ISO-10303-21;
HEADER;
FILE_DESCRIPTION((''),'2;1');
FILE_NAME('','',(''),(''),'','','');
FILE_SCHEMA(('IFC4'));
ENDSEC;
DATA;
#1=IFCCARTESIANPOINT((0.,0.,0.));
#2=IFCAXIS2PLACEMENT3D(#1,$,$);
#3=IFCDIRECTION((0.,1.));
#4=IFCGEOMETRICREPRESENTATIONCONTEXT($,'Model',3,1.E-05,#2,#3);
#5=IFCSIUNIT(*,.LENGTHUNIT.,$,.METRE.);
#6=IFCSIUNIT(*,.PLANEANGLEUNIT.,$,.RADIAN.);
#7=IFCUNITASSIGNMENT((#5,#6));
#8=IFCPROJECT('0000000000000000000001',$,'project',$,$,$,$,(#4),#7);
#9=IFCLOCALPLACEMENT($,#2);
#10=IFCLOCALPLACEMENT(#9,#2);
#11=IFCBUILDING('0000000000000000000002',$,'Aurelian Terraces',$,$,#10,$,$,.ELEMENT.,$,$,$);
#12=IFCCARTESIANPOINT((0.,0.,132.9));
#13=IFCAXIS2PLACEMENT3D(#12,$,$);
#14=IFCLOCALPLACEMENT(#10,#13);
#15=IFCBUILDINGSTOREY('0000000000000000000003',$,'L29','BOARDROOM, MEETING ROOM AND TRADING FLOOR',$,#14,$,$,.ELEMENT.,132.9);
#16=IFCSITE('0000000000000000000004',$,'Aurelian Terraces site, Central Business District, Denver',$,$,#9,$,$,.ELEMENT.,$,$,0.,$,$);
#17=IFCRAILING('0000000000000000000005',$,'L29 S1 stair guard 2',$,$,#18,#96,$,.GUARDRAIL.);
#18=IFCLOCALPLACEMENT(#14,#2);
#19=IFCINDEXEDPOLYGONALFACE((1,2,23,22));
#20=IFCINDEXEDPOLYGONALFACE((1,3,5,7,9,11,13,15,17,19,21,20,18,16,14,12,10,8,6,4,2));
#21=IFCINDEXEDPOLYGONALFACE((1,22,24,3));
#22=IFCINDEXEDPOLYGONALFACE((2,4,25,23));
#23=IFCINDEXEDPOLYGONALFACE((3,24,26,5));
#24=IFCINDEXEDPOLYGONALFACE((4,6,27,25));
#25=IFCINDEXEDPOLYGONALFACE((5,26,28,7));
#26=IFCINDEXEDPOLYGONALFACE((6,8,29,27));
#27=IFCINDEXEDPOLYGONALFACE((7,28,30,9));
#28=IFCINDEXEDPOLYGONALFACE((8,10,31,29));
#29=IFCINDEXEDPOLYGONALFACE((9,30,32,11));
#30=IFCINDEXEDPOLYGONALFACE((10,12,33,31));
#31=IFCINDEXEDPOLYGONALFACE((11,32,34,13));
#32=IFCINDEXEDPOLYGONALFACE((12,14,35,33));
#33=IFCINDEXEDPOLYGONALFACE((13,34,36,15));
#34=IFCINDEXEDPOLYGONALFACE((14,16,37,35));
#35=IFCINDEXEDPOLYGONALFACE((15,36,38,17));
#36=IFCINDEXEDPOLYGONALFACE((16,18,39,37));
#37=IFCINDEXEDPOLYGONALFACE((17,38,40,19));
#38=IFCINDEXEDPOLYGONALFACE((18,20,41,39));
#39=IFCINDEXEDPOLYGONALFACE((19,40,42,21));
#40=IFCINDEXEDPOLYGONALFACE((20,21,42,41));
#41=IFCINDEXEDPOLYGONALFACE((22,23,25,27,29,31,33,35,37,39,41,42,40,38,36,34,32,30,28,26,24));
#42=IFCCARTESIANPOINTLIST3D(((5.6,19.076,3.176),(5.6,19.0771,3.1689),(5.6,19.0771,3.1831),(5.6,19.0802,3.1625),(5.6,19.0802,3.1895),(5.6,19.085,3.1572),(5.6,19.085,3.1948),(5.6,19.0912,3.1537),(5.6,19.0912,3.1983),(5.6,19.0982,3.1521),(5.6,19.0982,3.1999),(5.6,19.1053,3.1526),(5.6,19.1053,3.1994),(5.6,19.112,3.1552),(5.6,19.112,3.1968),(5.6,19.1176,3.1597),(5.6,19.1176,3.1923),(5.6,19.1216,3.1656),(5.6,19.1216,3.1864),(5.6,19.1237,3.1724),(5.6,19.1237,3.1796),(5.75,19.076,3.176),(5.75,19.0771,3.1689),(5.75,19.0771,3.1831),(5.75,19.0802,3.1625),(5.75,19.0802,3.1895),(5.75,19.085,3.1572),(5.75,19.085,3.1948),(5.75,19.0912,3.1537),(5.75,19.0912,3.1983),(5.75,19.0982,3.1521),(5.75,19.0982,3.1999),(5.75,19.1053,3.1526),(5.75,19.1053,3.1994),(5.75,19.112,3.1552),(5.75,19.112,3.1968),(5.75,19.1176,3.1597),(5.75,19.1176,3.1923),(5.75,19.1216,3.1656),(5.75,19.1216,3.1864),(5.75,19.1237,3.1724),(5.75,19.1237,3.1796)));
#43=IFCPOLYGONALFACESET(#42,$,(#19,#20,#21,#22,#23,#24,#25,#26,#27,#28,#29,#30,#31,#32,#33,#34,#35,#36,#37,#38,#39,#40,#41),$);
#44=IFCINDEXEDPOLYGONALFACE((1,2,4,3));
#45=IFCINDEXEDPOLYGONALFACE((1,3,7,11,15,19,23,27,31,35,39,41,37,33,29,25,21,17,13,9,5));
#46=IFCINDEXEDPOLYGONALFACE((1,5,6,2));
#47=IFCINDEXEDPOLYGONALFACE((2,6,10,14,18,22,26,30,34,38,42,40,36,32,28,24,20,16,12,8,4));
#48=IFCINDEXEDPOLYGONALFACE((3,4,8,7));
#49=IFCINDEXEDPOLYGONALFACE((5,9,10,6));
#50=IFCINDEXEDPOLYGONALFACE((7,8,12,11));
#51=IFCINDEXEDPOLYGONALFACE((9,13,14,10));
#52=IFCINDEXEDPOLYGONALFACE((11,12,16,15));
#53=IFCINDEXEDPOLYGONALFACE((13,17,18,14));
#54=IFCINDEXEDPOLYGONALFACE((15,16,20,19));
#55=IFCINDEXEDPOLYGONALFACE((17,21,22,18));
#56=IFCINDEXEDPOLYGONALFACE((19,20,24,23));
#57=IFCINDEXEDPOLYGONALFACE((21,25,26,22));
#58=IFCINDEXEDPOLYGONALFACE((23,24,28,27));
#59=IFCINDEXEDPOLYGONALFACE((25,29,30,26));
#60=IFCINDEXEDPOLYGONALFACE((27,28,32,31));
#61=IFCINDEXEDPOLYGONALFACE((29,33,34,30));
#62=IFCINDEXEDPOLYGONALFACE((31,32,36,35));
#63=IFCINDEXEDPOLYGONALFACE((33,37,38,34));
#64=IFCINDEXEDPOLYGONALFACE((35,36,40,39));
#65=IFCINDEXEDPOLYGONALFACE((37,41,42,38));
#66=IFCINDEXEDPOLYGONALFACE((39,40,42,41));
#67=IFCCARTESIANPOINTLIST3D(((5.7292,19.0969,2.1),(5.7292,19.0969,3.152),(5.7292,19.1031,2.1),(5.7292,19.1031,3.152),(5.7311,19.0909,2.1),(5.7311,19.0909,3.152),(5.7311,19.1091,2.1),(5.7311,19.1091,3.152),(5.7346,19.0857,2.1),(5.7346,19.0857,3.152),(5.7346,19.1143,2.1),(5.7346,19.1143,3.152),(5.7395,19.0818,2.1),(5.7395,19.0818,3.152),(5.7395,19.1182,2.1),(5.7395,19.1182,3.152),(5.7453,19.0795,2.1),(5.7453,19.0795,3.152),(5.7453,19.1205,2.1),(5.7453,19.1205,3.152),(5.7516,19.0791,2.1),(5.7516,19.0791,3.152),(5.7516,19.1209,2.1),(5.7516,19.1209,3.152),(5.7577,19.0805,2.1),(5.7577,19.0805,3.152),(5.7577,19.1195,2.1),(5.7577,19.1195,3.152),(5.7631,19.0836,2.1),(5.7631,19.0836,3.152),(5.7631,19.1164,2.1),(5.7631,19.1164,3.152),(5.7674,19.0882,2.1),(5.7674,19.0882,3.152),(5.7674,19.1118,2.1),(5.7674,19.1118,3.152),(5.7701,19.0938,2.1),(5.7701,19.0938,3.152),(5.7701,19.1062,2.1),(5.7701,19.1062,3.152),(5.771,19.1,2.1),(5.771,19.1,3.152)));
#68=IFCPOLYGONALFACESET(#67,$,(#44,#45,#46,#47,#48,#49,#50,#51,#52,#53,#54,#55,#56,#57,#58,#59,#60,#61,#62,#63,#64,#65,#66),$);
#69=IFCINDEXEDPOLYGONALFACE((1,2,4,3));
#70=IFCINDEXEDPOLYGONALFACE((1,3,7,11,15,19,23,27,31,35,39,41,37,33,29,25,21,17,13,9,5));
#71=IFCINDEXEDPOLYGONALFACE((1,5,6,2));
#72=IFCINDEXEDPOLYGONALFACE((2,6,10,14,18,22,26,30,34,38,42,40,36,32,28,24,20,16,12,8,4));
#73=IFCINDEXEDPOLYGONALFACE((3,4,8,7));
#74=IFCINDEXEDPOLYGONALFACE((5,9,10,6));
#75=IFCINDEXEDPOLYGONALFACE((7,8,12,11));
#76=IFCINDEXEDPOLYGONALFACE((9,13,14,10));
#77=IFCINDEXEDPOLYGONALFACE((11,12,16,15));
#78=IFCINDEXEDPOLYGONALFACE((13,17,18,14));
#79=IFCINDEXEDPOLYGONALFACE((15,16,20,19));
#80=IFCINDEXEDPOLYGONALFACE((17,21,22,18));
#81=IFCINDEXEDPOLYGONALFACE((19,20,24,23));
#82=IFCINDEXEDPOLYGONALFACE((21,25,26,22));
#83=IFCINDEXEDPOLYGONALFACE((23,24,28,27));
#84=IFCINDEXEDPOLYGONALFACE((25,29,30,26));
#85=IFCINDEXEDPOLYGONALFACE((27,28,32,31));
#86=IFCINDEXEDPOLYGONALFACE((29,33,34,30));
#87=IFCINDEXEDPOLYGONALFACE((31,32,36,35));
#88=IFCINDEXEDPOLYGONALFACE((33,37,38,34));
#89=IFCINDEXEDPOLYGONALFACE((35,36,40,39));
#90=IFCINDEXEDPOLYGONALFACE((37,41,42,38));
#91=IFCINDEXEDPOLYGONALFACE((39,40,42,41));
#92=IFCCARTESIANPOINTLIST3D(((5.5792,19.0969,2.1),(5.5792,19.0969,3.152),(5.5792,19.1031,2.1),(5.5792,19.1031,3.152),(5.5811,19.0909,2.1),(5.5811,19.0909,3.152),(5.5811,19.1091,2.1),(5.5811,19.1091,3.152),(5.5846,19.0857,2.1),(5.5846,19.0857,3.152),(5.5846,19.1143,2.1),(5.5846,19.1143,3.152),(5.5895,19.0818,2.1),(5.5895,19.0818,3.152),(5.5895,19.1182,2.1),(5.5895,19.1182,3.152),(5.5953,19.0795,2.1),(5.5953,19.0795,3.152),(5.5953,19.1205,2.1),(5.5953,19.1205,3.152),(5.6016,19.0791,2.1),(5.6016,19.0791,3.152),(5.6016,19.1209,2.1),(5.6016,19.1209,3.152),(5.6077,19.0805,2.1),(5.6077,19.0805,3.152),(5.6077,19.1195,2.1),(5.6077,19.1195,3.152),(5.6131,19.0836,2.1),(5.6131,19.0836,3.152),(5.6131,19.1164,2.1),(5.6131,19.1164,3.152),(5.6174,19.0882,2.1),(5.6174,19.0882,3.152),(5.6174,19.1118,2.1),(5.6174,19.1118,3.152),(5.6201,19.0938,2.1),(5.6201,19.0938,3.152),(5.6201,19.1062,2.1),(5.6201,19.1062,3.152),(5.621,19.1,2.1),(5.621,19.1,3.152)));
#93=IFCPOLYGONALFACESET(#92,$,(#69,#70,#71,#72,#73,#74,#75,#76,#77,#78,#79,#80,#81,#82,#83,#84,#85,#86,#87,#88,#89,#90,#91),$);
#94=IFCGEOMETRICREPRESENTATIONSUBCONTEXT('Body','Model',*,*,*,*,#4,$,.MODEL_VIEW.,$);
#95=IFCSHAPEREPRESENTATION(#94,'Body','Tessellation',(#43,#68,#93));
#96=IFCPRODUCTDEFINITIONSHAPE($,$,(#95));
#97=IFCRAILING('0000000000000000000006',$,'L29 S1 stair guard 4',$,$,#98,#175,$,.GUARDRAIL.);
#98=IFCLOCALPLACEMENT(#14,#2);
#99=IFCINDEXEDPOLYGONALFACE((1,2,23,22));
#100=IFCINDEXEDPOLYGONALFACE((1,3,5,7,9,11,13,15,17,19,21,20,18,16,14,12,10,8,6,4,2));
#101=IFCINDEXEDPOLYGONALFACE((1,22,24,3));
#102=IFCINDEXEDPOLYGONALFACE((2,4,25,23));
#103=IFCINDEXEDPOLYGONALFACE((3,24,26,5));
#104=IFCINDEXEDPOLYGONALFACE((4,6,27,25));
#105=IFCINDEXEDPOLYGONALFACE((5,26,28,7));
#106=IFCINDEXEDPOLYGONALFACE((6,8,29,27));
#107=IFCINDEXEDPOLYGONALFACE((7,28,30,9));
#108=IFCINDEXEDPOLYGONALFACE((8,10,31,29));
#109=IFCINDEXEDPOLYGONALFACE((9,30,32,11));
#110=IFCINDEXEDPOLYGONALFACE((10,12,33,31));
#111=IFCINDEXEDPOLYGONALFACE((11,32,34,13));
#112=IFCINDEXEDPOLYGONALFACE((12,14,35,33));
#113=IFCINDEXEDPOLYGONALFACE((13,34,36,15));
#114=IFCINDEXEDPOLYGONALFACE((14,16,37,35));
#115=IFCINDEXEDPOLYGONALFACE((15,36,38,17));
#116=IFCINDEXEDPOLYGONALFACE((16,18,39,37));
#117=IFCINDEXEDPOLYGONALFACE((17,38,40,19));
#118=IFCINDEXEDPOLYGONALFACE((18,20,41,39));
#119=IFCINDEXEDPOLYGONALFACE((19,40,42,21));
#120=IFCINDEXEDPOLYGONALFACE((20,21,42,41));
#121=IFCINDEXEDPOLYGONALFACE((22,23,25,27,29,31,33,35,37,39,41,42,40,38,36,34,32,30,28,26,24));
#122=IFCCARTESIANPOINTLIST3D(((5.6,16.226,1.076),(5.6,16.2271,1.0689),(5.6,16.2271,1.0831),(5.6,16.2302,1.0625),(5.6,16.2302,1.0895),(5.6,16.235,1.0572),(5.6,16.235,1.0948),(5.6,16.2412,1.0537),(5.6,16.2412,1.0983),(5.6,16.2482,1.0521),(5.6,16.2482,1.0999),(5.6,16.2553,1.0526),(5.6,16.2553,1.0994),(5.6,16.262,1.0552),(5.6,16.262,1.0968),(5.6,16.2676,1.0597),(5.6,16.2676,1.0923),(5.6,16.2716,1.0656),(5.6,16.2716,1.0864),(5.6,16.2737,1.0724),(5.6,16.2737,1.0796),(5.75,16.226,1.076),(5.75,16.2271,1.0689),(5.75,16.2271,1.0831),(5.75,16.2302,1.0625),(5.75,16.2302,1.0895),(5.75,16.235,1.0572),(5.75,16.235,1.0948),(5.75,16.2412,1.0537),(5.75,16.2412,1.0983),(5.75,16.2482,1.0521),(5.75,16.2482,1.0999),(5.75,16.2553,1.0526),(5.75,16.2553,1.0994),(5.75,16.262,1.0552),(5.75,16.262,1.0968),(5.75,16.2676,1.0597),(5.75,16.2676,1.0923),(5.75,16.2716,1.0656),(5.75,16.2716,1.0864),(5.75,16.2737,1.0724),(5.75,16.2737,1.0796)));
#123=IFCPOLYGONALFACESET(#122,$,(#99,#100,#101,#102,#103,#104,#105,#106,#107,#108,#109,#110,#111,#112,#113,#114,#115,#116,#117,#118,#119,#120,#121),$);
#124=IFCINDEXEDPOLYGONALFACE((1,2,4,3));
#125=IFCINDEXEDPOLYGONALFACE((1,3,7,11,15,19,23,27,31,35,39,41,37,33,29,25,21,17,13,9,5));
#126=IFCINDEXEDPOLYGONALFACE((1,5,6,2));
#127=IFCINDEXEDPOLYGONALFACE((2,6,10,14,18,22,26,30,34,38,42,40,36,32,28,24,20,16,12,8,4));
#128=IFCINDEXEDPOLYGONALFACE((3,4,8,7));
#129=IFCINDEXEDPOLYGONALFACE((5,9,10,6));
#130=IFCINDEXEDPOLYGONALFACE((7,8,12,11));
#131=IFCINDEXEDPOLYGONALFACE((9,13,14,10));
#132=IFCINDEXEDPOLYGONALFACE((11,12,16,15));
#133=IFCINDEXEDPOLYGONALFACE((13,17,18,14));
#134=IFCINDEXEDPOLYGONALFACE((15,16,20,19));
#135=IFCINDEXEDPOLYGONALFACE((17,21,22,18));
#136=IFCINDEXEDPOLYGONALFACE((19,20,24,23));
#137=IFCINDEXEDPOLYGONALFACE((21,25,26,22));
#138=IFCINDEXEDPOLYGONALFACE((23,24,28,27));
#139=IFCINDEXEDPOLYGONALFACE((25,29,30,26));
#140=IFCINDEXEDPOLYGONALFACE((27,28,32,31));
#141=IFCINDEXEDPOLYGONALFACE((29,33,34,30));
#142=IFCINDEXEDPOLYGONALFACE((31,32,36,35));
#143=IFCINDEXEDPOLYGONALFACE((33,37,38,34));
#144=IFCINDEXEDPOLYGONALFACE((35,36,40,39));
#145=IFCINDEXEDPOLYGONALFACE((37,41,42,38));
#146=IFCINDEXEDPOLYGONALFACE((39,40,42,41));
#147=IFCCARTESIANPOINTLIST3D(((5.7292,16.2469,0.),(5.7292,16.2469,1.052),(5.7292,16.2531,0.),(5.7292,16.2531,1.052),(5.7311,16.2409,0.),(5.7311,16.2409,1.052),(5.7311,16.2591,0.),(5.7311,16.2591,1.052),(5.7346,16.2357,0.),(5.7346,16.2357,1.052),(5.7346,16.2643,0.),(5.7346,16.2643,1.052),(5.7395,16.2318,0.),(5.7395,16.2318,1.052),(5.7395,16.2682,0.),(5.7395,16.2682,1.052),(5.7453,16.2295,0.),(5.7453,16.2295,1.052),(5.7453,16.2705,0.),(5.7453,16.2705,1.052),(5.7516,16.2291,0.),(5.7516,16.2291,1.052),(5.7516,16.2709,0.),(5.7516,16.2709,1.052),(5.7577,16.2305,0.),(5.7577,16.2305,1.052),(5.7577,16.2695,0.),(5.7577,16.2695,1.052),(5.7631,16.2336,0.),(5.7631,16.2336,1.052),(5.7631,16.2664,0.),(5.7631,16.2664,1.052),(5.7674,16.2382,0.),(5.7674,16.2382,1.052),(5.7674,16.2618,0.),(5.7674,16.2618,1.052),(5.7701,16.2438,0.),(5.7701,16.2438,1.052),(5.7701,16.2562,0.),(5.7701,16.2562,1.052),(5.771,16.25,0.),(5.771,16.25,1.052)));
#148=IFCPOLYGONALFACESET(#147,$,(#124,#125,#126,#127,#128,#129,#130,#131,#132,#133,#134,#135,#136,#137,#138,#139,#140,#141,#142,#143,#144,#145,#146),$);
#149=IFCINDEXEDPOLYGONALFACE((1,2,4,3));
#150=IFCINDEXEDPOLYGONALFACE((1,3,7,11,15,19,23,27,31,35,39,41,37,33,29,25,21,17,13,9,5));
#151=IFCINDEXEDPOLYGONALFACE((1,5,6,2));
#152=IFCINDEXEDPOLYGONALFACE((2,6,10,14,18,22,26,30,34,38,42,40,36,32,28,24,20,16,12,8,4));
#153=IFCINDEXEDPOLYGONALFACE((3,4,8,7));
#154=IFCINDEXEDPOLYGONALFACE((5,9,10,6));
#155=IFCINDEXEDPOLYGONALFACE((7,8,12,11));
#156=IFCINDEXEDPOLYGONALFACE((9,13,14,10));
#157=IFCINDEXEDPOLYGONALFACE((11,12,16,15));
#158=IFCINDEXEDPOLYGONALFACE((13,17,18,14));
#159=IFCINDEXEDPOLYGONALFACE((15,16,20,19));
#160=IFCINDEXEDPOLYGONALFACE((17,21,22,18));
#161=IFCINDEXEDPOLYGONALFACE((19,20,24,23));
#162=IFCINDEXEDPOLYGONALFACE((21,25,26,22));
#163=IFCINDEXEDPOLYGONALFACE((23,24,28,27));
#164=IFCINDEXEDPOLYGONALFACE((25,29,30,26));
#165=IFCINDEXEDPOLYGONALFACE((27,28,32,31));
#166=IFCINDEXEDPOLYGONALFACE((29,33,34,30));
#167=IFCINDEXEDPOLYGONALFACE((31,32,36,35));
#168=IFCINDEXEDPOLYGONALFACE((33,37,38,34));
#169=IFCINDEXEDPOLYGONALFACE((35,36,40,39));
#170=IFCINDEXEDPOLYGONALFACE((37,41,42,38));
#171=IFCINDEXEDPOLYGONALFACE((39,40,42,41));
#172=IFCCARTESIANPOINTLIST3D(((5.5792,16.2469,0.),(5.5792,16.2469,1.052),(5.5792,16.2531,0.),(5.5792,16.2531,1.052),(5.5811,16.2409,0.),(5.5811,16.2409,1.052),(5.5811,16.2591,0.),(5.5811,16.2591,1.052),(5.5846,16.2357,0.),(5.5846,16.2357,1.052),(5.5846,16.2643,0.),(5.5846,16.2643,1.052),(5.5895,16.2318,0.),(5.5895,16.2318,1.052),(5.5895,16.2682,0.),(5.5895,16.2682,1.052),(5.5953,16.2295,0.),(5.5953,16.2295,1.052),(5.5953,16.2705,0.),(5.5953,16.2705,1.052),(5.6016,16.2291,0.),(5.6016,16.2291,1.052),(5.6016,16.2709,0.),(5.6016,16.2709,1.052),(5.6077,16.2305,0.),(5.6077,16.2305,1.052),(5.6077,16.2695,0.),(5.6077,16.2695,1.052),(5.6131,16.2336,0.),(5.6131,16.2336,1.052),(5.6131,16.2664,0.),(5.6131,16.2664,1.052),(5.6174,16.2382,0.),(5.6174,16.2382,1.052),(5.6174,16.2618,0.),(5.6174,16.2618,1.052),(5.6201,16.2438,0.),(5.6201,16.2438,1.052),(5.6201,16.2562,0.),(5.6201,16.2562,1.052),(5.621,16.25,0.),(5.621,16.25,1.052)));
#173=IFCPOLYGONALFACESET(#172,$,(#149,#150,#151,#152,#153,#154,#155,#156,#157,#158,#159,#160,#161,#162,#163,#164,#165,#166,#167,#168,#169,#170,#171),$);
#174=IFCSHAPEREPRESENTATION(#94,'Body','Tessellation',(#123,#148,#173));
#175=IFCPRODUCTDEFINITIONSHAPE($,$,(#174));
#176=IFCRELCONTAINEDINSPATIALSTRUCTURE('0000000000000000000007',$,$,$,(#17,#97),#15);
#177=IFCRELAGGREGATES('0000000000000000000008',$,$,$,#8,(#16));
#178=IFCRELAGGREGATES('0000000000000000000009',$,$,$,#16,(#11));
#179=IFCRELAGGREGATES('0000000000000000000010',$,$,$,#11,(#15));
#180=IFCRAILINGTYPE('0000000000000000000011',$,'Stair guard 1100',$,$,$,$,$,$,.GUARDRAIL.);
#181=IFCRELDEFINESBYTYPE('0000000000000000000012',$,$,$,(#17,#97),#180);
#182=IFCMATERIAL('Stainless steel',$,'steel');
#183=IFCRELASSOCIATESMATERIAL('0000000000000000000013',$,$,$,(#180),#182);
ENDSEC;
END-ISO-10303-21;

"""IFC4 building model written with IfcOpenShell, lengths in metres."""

from ifc_helpers import new_model, si_unit, direction, frame, origin, origin_2d, place, context, subcontext, project, spatial, circle, extrude, source, transform, mapped, material, type_object, element, save


model = new_model("IFC4")

# Units and contexts
model_context = context("Model", 3, precision=1e-05, world=origin(), true_north=direction((0.0, 1.0)))
body_context = subcontext(model_context, "Body", "Model", "MODEL_VIEW")
ifc_project = project(units=[si_unit("LENGTHUNIT", "METRE"), si_unit("PLANEANGLEUNIT", "RADIAN")], contexts=[model_context])

# Site, building, storey
site_placement = place(None, origin())
site = spatial("IfcSite", under=ifc_project, at=site_placement, Name="Aurelian Terraces site, Central Business District, Denver", CompositionType="ELEMENT", RefElevation=0.0)
building_placement = place(site_placement, origin())
building = spatial("IfcBuilding", under=site, at=building_placement, Name="Aurelian Terraces", CompositionType="ELEMENT")
storey_placement = place(building_placement, frame((0.0, 0.0, 132.9)))
storey = spatial("IfcBuildingStorey", under=building, at=storey_placement, Name="L29", Description="BOARDROOM, MEETING ROOM AND TRADING FLOOR", CompositionType="ELEMENT", Elevation=132.9)

# Railings
ifc_material_1 = material(Name="Stainless steel", Category="steel")
railing_type_1 = type_object("IfcRailingType", Name="Stair guard 1100", PredefinedType="GUARDRAIL", material=ifc_material_1)
shared_shape_1 = source(origin(), body_context, "Body", "SweptSolid", [
    extrude(circle(Radius=0.024, at=origin_2d()), frame((0.0, 0.0, 1.076), z_axis=(-1.0, 0.0, 0.0), x_axis=(0.0, -1.0, 0.0)), (0.0, 0.0, 1.0), 0.15),
    extrude(circle(Radius=0.021, at=origin_2d()), origin(), (0.0, 0.0, 1.0), 1.052),
    extrude(circle(Radius=0.021, at=origin_2d()), frame((-0.15, 0.0, 0.0)), (0.0, 0.0, 1.0), 1.052),
])
for number, where, name in (
    (1, (5.75, 19.1, 2.1), "L29 S1 stair guard 2"),
    (2, (5.75, 16.25, 0.0), "L29 S1 stair guard 4"),
):
    element("IfcRailing", number, at=place(storey_placement, frame(where)), inside=storey, type_object=railing_type_1, Name=name, PredefinedType="GUARDRAIL", context=body_context, shape_type="MappedRepresentation", body=[
        mapped(shared_shape_1, transform((0.0, 0.0, 0.0), scale=1.0)),
    ])

save(model, "model.ifc")
